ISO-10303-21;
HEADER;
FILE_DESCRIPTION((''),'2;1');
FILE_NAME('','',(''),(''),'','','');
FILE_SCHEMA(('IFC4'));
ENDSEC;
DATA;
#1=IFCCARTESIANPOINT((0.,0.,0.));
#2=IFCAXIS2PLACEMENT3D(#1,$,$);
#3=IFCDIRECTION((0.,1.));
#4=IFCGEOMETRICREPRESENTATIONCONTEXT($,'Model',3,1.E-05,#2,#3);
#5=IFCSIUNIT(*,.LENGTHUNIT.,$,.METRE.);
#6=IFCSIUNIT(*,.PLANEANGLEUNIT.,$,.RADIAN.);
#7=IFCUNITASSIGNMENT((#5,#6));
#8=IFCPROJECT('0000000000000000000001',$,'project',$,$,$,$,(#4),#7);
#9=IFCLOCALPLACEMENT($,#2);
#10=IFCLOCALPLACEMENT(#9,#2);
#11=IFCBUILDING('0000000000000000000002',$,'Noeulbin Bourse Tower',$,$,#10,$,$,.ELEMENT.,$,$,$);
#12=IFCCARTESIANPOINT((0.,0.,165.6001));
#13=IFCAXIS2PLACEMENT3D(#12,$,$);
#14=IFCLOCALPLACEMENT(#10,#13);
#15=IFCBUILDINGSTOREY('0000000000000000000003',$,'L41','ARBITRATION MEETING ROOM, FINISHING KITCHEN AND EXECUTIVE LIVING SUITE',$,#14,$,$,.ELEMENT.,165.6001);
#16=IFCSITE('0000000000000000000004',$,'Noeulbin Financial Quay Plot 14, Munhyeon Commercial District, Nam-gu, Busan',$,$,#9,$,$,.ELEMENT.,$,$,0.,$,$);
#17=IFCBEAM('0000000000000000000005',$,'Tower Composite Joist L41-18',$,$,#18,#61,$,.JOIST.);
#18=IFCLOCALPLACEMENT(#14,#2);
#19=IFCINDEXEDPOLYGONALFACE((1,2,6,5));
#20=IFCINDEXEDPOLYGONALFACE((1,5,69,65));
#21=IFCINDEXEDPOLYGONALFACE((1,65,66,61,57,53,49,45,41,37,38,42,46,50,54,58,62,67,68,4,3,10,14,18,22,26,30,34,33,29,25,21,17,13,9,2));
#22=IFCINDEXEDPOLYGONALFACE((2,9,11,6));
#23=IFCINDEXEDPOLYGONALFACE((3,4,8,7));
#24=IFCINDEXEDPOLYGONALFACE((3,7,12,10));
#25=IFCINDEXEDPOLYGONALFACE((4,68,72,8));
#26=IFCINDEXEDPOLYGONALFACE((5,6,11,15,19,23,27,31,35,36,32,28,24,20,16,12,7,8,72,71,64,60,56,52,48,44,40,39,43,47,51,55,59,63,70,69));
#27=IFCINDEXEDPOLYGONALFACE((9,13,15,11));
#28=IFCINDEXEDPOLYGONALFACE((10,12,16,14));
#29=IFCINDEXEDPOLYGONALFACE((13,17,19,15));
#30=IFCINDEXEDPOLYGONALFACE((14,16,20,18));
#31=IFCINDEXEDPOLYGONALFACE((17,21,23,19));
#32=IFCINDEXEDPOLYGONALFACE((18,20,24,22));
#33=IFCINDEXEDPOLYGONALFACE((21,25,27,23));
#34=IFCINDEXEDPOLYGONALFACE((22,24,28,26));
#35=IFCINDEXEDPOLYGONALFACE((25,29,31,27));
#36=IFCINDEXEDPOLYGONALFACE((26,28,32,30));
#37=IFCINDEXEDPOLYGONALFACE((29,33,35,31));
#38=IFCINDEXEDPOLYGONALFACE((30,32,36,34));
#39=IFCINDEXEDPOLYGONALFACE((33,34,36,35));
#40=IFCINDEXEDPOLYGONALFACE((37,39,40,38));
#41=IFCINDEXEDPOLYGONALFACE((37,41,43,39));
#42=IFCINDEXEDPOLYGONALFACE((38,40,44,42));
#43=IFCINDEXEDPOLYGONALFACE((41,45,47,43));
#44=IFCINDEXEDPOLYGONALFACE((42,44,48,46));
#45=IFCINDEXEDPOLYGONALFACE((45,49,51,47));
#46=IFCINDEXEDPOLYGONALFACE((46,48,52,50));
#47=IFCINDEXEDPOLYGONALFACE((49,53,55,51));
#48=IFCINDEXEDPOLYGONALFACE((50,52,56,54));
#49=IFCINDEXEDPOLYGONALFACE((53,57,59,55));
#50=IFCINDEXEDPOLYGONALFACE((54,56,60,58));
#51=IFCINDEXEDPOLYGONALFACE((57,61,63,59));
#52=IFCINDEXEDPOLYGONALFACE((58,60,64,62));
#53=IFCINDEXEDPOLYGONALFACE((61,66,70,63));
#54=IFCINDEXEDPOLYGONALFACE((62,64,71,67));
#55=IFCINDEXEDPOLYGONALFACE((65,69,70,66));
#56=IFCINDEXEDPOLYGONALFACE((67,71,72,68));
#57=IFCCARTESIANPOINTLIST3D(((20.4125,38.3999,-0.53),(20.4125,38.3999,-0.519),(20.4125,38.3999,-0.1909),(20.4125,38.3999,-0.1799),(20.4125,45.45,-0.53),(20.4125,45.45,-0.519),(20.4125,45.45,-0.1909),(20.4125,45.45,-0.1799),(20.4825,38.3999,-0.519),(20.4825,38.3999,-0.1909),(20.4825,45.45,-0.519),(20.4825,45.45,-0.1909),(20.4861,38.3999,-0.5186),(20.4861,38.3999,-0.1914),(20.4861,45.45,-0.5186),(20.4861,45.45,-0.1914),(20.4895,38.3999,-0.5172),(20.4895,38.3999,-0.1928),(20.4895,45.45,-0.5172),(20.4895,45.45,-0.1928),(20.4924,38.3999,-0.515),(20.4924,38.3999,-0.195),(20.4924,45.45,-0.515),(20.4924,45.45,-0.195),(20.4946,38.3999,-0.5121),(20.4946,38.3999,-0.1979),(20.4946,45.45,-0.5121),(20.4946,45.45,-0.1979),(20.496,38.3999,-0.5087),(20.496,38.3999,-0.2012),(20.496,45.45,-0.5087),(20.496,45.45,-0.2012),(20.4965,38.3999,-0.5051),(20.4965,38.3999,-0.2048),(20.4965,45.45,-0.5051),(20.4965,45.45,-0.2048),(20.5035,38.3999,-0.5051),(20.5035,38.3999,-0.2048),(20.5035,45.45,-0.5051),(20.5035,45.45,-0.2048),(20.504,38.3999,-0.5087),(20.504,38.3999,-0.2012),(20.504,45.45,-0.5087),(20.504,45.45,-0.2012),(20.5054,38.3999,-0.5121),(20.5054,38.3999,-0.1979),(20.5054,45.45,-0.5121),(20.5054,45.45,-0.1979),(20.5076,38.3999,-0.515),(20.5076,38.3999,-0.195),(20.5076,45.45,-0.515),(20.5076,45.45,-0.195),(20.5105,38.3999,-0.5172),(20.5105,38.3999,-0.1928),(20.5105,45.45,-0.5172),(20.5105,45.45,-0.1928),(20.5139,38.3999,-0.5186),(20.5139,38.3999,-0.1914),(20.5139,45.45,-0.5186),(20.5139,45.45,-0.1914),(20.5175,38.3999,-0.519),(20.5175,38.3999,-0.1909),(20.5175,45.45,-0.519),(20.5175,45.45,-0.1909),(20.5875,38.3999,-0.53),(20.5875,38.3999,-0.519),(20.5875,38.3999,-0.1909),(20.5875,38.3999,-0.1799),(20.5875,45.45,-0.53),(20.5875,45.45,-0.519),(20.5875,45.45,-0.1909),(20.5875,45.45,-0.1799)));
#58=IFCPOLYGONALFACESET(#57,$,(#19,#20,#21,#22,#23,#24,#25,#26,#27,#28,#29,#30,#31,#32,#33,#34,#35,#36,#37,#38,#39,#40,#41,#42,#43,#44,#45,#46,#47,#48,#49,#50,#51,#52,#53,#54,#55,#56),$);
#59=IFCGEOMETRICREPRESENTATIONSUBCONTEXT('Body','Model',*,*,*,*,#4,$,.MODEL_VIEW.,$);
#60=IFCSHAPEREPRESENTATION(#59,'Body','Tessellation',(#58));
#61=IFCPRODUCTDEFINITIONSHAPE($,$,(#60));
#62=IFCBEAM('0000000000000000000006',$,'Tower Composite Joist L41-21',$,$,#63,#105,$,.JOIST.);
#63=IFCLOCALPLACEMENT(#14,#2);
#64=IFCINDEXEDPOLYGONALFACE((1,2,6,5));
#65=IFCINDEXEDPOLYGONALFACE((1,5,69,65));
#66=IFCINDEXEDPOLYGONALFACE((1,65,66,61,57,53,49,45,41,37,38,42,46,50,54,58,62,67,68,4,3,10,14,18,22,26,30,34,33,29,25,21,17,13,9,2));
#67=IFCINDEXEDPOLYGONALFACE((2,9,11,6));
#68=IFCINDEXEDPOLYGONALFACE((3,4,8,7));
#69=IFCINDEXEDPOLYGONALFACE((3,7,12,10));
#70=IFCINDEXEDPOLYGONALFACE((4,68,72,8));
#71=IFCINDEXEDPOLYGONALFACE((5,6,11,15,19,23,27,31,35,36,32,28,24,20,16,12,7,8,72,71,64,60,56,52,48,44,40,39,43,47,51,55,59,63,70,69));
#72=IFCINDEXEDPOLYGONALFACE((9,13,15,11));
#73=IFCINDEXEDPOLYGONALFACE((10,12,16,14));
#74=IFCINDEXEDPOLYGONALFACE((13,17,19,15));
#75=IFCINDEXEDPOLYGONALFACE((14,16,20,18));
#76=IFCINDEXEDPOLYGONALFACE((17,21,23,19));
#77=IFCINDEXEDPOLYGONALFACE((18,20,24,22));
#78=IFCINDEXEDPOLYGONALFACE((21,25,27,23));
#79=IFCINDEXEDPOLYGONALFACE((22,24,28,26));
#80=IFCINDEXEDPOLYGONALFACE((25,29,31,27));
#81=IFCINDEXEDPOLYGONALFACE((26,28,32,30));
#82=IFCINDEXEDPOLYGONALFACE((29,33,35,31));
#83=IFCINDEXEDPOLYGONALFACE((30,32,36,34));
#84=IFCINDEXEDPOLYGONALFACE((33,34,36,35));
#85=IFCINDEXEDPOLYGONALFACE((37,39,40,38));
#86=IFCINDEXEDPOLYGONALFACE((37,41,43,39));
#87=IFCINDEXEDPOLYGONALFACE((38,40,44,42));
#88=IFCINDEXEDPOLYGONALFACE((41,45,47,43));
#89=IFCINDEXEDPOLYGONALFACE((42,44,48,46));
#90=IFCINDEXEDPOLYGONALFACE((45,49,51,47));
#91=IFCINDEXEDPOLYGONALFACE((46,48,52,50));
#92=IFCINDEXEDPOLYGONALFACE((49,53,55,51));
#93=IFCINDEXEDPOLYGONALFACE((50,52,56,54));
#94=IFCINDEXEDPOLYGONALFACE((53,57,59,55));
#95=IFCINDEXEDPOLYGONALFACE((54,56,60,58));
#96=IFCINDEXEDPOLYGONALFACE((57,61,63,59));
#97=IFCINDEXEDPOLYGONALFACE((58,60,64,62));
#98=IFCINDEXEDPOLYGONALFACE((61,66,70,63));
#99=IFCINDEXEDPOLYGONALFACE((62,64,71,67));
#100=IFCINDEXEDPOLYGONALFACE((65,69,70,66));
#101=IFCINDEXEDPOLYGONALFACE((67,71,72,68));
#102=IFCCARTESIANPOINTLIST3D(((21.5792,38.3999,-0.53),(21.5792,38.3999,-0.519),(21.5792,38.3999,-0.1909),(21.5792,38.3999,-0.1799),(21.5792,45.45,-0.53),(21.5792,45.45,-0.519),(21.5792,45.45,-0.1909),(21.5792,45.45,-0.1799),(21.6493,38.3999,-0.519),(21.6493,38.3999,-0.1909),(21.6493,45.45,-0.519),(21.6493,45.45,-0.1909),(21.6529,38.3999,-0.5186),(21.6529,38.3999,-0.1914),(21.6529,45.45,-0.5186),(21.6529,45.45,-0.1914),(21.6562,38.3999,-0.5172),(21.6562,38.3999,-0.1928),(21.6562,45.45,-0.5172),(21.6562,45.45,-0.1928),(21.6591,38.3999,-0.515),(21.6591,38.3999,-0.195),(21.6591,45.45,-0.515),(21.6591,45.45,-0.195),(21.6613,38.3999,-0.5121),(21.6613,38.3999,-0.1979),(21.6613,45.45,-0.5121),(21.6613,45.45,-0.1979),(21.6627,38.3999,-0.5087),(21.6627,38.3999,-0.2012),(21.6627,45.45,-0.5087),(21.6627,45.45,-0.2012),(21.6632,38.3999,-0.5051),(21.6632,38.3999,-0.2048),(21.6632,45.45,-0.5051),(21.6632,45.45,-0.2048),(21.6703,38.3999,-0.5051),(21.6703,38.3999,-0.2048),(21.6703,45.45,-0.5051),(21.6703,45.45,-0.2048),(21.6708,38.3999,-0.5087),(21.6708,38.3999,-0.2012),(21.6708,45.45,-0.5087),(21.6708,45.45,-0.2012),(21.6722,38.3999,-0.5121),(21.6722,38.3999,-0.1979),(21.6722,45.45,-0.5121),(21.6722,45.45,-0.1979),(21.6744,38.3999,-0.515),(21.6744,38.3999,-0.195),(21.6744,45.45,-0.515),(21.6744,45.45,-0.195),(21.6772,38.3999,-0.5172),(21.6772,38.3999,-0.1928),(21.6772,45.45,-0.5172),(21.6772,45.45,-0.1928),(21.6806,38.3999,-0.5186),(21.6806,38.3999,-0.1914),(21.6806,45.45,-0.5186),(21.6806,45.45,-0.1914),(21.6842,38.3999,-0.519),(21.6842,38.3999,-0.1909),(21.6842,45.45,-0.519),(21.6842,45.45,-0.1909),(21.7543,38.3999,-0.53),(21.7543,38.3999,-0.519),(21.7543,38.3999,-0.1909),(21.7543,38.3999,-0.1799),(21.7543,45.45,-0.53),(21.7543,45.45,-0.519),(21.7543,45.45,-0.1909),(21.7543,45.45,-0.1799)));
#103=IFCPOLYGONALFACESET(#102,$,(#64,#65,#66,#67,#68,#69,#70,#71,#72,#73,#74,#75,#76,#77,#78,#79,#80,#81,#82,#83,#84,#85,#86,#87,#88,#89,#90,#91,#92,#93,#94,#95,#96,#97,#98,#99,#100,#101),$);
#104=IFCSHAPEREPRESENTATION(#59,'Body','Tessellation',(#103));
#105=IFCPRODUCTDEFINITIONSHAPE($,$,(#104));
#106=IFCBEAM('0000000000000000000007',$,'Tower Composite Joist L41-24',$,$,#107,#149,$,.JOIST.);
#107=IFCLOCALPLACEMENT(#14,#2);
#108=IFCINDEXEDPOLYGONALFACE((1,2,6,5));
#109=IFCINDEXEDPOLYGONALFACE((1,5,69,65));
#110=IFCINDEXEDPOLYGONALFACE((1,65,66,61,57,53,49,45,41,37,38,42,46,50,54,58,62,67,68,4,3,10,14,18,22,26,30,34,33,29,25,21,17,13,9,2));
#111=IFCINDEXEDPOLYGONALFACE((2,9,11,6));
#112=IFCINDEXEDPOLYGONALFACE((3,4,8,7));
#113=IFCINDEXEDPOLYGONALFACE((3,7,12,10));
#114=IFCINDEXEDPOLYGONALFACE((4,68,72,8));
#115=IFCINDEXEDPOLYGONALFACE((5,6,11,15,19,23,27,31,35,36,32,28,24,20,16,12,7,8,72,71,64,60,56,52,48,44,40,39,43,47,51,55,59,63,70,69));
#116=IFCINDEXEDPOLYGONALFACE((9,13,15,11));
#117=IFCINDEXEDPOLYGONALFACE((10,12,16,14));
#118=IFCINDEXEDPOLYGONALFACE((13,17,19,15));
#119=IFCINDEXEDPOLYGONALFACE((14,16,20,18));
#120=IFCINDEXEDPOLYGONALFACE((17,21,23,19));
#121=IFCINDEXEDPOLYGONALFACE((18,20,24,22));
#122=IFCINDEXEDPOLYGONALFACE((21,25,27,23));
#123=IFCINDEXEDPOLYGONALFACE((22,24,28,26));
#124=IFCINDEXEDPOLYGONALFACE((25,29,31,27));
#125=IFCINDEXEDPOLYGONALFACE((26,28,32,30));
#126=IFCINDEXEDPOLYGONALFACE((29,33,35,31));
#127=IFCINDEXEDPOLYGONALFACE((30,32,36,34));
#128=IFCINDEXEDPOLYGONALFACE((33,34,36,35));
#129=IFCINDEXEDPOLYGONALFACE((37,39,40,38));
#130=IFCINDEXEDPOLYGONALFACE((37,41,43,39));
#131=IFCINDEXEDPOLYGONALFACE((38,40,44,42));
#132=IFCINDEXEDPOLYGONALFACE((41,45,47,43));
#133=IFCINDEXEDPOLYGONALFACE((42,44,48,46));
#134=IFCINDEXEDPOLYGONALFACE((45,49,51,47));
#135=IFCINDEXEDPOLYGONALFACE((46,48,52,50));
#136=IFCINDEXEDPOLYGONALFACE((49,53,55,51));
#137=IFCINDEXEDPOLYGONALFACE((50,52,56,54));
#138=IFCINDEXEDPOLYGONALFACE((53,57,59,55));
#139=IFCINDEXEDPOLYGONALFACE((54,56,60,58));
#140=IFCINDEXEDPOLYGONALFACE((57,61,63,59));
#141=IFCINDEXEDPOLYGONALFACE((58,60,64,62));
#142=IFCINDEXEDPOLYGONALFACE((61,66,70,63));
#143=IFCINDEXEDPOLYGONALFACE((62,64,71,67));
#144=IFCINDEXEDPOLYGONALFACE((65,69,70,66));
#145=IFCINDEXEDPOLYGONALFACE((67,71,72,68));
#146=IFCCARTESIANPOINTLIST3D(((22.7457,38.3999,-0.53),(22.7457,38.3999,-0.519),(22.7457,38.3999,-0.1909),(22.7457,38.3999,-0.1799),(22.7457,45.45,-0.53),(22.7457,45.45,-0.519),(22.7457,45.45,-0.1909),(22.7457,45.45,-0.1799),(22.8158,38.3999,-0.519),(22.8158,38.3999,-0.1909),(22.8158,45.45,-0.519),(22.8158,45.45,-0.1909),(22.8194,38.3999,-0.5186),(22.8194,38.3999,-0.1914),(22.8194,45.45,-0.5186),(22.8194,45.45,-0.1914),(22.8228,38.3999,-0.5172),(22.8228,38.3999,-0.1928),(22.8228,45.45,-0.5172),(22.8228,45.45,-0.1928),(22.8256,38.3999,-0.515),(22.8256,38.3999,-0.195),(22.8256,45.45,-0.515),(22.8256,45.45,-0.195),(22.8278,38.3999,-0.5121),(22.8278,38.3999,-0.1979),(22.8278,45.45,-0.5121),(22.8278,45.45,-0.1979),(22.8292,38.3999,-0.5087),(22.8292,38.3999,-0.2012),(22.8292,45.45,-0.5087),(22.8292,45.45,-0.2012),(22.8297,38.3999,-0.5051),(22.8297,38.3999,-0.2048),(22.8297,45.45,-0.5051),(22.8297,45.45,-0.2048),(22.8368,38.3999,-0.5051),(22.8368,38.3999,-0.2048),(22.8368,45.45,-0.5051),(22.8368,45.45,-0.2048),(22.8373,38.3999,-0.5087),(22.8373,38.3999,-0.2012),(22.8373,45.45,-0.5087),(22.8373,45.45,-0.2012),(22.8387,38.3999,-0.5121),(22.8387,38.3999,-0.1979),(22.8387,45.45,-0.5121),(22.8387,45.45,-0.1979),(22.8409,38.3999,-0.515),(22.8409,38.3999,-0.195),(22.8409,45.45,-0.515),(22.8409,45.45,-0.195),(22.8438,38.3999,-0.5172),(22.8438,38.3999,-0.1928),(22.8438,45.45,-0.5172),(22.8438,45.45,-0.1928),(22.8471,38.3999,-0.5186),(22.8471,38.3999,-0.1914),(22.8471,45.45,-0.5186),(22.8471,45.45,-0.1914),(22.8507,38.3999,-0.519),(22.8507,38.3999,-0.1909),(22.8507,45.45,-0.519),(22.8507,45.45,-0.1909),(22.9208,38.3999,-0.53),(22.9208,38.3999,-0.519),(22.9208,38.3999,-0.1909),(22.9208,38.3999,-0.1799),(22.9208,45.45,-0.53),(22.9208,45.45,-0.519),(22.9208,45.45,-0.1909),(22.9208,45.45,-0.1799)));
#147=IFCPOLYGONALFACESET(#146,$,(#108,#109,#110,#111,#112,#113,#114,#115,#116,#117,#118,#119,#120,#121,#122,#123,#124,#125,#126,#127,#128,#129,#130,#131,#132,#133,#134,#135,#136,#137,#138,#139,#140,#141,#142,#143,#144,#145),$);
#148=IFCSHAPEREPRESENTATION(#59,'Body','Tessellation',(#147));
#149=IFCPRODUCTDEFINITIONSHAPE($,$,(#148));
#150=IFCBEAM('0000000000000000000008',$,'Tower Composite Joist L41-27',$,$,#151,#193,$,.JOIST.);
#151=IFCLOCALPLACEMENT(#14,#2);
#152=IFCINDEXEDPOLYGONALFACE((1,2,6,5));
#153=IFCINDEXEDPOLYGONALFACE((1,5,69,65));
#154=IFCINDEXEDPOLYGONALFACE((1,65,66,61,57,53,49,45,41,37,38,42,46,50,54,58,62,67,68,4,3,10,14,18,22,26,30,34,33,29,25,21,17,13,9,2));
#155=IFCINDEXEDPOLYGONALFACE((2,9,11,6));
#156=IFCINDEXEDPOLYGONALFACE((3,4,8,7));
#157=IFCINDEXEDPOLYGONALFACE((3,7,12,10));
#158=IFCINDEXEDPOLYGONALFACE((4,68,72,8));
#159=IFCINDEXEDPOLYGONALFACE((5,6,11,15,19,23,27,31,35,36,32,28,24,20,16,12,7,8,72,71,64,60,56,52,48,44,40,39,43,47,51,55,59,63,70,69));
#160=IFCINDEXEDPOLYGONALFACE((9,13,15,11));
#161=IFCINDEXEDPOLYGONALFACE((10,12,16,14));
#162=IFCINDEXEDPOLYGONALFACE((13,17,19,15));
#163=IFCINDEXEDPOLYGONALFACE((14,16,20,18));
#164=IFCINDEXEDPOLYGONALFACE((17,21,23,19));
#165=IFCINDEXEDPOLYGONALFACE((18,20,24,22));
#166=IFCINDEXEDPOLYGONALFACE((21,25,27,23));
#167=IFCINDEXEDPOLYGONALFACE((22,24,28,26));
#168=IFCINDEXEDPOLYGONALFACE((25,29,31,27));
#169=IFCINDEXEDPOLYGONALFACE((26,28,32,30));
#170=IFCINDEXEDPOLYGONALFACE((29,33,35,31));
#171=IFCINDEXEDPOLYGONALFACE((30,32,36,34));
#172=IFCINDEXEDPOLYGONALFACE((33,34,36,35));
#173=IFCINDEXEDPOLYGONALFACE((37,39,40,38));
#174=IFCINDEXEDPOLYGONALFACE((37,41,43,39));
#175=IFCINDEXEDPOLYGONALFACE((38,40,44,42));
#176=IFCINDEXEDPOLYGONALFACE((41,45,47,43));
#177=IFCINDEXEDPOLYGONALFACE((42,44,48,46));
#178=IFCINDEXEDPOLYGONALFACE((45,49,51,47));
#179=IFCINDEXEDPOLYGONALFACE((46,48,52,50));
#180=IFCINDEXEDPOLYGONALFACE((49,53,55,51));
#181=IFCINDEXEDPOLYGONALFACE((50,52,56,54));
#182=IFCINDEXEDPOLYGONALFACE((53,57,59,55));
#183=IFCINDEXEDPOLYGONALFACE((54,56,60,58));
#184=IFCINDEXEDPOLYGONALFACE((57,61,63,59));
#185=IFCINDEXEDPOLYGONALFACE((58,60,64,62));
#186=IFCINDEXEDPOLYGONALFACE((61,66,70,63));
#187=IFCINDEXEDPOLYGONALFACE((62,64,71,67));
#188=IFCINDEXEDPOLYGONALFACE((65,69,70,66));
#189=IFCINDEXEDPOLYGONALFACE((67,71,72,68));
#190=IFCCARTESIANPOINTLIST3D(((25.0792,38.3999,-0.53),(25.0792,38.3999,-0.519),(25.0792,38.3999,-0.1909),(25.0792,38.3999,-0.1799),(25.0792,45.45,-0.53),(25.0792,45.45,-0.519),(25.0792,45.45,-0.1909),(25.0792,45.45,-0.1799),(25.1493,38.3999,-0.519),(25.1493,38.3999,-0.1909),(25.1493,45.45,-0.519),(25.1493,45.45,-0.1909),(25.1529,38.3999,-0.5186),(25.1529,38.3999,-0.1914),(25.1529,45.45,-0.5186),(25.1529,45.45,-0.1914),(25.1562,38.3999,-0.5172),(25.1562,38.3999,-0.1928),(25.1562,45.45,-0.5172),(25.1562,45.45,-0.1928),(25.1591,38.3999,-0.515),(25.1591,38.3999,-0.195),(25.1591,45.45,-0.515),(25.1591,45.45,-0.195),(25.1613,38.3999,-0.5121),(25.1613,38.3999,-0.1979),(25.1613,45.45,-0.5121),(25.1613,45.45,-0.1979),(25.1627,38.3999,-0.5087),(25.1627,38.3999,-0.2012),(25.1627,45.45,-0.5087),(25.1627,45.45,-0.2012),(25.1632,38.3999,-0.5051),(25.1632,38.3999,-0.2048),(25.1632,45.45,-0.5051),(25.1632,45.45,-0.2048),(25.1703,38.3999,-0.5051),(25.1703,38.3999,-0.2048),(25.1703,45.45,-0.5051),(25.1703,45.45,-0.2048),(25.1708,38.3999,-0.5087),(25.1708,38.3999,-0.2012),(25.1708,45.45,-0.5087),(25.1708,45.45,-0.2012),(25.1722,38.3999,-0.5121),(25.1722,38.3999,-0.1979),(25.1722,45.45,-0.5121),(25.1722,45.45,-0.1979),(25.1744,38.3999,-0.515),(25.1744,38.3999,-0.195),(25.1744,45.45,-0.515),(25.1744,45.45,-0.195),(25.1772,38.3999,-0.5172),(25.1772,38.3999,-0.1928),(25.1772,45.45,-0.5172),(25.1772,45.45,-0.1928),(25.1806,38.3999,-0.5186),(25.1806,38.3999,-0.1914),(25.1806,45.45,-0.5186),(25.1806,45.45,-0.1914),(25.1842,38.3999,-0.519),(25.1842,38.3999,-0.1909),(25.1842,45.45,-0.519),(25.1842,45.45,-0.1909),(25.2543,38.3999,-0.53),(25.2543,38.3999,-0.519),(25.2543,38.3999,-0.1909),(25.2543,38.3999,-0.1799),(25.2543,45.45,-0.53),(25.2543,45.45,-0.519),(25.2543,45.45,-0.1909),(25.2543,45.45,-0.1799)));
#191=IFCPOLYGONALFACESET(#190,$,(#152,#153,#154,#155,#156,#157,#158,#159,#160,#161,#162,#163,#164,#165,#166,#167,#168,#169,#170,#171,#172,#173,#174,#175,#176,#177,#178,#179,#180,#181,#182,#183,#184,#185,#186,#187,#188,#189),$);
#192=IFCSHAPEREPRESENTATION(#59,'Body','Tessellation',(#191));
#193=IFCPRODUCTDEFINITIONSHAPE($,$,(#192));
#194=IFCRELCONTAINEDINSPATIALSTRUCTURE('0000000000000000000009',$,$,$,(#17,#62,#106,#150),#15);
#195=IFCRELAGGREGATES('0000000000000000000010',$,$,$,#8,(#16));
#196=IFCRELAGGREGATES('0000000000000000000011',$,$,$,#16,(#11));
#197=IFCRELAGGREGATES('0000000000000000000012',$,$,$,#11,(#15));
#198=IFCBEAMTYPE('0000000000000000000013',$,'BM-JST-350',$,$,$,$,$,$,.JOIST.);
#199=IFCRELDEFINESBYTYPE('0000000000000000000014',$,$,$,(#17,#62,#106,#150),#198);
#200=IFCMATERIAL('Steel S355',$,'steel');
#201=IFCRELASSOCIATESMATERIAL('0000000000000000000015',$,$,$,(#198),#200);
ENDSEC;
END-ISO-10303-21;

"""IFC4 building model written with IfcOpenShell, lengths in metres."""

from ifc_helpers import new_model, si_unit, direction, frame, origin, origin_2d, place, context, subcontext, project, spatial, i_section, extrude, material, material_profile, profile_set, type_object, element, save


model = new_model("IFC4")

# Units and contexts
model_context = context("Model", 3, precision=1e-05, world=origin(), true_north=direction((0.0, 1.0)))
body_context = subcontext(model_context, "Body", "Model", "MODEL_VIEW")
ifc_project = project(units=[si_unit("LENGTHUNIT", "METRE"), si_unit("PLANEANGLEUNIT", "RADIAN")], contexts=[model_context])

# Site, building, storey
site_placement = place(None, origin())
site = spatial("IfcSite", under=ifc_project, at=site_placement, Name="Noeulbin Financial Quay Plot 14, Munhyeon Commercial District, Nam-gu, Busan", CompositionType="ELEMENT", RefElevation=0.0)
building_placement = place(site_placement, origin())
building = spatial("IfcBuilding", under=site, at=building_placement, Name="Noeulbin Bourse Tower", CompositionType="ELEMENT")
storey_placement = place(building_placement, frame((0.0, 0.0, 165.6001)))
storey = spatial("IfcBuildingStorey", under=building, at=storey_placement, Name="L41", Description="ARBITRATION MEETING ROOM, FINISHING KITCHEN AND EXECUTIVE LIVING SUITE", CompositionType="ELEMENT", Elevation=165.6001)

# Shared definitions
ifc_material_1 = material(Name="Steel S355", Category="steel")

# Beams
ifc_material_profile_1 = material_profile(ifc_material_1, i_section(OverallWidth=0.175, OverallDepth=0.3501, WebThickness=0.0071, FlangeThickness=0.011, FilletRadius=0.0139, at=origin_2d()), Name="H-350x175x7x11", Category="LoadBearing")
ifc_profile_set_1 = profile_set([ifc_material_profile_1], Name="Steel S355")
beam_type_1 = type_object("IfcBeamType", Name="BM-JST-350", PredefinedType="JOIST", material=ifc_profile_set_1)
for number, where, z_axis, x_axis, name in (
    (1, (20.5, 38.3999, -0.355), (0.0, 1.0, 0.0), (-1.0, 0.0, 0.0), "Tower Composite Joist L41-18"),
    (2, (21.6667, 38.3999, -0.355), (0.0, 1.0, 0.0), (-1.0, 0.0, 0.0), "Tower Composite Joist L41-21"),
    (3, (22.8333, 38.3999, -0.355), (0.0, 1.0, 0.0), (-1.0, 0.0, 0.0), "Tower Composite Joist L41-24"),
    (4, (25.1667, 38.3999, -0.355), (0.0, 1.0, 0.0), (-1.0, 0.0, 0.0), "Tower Composite Joist L41-27"),
):
    element("IfcBeam", number, at=place(storey_placement, frame(where, z_axis=z_axis, x_axis=x_axis)), inside=storey, type_object=beam_type_1, Name=name, PredefinedType="JOIST", context=body_context, shape_type="SweptSolid", body=[
        extrude(i_section(OverallWidth=0.175, OverallDepth=0.3501, WebThickness=0.0071, FlangeThickness=0.011, FilletRadius=0.0139, at=origin_2d()), origin(), (0.0, 0.0, 1.0), 7.05),
    ])

save(model, "model.ifc")
